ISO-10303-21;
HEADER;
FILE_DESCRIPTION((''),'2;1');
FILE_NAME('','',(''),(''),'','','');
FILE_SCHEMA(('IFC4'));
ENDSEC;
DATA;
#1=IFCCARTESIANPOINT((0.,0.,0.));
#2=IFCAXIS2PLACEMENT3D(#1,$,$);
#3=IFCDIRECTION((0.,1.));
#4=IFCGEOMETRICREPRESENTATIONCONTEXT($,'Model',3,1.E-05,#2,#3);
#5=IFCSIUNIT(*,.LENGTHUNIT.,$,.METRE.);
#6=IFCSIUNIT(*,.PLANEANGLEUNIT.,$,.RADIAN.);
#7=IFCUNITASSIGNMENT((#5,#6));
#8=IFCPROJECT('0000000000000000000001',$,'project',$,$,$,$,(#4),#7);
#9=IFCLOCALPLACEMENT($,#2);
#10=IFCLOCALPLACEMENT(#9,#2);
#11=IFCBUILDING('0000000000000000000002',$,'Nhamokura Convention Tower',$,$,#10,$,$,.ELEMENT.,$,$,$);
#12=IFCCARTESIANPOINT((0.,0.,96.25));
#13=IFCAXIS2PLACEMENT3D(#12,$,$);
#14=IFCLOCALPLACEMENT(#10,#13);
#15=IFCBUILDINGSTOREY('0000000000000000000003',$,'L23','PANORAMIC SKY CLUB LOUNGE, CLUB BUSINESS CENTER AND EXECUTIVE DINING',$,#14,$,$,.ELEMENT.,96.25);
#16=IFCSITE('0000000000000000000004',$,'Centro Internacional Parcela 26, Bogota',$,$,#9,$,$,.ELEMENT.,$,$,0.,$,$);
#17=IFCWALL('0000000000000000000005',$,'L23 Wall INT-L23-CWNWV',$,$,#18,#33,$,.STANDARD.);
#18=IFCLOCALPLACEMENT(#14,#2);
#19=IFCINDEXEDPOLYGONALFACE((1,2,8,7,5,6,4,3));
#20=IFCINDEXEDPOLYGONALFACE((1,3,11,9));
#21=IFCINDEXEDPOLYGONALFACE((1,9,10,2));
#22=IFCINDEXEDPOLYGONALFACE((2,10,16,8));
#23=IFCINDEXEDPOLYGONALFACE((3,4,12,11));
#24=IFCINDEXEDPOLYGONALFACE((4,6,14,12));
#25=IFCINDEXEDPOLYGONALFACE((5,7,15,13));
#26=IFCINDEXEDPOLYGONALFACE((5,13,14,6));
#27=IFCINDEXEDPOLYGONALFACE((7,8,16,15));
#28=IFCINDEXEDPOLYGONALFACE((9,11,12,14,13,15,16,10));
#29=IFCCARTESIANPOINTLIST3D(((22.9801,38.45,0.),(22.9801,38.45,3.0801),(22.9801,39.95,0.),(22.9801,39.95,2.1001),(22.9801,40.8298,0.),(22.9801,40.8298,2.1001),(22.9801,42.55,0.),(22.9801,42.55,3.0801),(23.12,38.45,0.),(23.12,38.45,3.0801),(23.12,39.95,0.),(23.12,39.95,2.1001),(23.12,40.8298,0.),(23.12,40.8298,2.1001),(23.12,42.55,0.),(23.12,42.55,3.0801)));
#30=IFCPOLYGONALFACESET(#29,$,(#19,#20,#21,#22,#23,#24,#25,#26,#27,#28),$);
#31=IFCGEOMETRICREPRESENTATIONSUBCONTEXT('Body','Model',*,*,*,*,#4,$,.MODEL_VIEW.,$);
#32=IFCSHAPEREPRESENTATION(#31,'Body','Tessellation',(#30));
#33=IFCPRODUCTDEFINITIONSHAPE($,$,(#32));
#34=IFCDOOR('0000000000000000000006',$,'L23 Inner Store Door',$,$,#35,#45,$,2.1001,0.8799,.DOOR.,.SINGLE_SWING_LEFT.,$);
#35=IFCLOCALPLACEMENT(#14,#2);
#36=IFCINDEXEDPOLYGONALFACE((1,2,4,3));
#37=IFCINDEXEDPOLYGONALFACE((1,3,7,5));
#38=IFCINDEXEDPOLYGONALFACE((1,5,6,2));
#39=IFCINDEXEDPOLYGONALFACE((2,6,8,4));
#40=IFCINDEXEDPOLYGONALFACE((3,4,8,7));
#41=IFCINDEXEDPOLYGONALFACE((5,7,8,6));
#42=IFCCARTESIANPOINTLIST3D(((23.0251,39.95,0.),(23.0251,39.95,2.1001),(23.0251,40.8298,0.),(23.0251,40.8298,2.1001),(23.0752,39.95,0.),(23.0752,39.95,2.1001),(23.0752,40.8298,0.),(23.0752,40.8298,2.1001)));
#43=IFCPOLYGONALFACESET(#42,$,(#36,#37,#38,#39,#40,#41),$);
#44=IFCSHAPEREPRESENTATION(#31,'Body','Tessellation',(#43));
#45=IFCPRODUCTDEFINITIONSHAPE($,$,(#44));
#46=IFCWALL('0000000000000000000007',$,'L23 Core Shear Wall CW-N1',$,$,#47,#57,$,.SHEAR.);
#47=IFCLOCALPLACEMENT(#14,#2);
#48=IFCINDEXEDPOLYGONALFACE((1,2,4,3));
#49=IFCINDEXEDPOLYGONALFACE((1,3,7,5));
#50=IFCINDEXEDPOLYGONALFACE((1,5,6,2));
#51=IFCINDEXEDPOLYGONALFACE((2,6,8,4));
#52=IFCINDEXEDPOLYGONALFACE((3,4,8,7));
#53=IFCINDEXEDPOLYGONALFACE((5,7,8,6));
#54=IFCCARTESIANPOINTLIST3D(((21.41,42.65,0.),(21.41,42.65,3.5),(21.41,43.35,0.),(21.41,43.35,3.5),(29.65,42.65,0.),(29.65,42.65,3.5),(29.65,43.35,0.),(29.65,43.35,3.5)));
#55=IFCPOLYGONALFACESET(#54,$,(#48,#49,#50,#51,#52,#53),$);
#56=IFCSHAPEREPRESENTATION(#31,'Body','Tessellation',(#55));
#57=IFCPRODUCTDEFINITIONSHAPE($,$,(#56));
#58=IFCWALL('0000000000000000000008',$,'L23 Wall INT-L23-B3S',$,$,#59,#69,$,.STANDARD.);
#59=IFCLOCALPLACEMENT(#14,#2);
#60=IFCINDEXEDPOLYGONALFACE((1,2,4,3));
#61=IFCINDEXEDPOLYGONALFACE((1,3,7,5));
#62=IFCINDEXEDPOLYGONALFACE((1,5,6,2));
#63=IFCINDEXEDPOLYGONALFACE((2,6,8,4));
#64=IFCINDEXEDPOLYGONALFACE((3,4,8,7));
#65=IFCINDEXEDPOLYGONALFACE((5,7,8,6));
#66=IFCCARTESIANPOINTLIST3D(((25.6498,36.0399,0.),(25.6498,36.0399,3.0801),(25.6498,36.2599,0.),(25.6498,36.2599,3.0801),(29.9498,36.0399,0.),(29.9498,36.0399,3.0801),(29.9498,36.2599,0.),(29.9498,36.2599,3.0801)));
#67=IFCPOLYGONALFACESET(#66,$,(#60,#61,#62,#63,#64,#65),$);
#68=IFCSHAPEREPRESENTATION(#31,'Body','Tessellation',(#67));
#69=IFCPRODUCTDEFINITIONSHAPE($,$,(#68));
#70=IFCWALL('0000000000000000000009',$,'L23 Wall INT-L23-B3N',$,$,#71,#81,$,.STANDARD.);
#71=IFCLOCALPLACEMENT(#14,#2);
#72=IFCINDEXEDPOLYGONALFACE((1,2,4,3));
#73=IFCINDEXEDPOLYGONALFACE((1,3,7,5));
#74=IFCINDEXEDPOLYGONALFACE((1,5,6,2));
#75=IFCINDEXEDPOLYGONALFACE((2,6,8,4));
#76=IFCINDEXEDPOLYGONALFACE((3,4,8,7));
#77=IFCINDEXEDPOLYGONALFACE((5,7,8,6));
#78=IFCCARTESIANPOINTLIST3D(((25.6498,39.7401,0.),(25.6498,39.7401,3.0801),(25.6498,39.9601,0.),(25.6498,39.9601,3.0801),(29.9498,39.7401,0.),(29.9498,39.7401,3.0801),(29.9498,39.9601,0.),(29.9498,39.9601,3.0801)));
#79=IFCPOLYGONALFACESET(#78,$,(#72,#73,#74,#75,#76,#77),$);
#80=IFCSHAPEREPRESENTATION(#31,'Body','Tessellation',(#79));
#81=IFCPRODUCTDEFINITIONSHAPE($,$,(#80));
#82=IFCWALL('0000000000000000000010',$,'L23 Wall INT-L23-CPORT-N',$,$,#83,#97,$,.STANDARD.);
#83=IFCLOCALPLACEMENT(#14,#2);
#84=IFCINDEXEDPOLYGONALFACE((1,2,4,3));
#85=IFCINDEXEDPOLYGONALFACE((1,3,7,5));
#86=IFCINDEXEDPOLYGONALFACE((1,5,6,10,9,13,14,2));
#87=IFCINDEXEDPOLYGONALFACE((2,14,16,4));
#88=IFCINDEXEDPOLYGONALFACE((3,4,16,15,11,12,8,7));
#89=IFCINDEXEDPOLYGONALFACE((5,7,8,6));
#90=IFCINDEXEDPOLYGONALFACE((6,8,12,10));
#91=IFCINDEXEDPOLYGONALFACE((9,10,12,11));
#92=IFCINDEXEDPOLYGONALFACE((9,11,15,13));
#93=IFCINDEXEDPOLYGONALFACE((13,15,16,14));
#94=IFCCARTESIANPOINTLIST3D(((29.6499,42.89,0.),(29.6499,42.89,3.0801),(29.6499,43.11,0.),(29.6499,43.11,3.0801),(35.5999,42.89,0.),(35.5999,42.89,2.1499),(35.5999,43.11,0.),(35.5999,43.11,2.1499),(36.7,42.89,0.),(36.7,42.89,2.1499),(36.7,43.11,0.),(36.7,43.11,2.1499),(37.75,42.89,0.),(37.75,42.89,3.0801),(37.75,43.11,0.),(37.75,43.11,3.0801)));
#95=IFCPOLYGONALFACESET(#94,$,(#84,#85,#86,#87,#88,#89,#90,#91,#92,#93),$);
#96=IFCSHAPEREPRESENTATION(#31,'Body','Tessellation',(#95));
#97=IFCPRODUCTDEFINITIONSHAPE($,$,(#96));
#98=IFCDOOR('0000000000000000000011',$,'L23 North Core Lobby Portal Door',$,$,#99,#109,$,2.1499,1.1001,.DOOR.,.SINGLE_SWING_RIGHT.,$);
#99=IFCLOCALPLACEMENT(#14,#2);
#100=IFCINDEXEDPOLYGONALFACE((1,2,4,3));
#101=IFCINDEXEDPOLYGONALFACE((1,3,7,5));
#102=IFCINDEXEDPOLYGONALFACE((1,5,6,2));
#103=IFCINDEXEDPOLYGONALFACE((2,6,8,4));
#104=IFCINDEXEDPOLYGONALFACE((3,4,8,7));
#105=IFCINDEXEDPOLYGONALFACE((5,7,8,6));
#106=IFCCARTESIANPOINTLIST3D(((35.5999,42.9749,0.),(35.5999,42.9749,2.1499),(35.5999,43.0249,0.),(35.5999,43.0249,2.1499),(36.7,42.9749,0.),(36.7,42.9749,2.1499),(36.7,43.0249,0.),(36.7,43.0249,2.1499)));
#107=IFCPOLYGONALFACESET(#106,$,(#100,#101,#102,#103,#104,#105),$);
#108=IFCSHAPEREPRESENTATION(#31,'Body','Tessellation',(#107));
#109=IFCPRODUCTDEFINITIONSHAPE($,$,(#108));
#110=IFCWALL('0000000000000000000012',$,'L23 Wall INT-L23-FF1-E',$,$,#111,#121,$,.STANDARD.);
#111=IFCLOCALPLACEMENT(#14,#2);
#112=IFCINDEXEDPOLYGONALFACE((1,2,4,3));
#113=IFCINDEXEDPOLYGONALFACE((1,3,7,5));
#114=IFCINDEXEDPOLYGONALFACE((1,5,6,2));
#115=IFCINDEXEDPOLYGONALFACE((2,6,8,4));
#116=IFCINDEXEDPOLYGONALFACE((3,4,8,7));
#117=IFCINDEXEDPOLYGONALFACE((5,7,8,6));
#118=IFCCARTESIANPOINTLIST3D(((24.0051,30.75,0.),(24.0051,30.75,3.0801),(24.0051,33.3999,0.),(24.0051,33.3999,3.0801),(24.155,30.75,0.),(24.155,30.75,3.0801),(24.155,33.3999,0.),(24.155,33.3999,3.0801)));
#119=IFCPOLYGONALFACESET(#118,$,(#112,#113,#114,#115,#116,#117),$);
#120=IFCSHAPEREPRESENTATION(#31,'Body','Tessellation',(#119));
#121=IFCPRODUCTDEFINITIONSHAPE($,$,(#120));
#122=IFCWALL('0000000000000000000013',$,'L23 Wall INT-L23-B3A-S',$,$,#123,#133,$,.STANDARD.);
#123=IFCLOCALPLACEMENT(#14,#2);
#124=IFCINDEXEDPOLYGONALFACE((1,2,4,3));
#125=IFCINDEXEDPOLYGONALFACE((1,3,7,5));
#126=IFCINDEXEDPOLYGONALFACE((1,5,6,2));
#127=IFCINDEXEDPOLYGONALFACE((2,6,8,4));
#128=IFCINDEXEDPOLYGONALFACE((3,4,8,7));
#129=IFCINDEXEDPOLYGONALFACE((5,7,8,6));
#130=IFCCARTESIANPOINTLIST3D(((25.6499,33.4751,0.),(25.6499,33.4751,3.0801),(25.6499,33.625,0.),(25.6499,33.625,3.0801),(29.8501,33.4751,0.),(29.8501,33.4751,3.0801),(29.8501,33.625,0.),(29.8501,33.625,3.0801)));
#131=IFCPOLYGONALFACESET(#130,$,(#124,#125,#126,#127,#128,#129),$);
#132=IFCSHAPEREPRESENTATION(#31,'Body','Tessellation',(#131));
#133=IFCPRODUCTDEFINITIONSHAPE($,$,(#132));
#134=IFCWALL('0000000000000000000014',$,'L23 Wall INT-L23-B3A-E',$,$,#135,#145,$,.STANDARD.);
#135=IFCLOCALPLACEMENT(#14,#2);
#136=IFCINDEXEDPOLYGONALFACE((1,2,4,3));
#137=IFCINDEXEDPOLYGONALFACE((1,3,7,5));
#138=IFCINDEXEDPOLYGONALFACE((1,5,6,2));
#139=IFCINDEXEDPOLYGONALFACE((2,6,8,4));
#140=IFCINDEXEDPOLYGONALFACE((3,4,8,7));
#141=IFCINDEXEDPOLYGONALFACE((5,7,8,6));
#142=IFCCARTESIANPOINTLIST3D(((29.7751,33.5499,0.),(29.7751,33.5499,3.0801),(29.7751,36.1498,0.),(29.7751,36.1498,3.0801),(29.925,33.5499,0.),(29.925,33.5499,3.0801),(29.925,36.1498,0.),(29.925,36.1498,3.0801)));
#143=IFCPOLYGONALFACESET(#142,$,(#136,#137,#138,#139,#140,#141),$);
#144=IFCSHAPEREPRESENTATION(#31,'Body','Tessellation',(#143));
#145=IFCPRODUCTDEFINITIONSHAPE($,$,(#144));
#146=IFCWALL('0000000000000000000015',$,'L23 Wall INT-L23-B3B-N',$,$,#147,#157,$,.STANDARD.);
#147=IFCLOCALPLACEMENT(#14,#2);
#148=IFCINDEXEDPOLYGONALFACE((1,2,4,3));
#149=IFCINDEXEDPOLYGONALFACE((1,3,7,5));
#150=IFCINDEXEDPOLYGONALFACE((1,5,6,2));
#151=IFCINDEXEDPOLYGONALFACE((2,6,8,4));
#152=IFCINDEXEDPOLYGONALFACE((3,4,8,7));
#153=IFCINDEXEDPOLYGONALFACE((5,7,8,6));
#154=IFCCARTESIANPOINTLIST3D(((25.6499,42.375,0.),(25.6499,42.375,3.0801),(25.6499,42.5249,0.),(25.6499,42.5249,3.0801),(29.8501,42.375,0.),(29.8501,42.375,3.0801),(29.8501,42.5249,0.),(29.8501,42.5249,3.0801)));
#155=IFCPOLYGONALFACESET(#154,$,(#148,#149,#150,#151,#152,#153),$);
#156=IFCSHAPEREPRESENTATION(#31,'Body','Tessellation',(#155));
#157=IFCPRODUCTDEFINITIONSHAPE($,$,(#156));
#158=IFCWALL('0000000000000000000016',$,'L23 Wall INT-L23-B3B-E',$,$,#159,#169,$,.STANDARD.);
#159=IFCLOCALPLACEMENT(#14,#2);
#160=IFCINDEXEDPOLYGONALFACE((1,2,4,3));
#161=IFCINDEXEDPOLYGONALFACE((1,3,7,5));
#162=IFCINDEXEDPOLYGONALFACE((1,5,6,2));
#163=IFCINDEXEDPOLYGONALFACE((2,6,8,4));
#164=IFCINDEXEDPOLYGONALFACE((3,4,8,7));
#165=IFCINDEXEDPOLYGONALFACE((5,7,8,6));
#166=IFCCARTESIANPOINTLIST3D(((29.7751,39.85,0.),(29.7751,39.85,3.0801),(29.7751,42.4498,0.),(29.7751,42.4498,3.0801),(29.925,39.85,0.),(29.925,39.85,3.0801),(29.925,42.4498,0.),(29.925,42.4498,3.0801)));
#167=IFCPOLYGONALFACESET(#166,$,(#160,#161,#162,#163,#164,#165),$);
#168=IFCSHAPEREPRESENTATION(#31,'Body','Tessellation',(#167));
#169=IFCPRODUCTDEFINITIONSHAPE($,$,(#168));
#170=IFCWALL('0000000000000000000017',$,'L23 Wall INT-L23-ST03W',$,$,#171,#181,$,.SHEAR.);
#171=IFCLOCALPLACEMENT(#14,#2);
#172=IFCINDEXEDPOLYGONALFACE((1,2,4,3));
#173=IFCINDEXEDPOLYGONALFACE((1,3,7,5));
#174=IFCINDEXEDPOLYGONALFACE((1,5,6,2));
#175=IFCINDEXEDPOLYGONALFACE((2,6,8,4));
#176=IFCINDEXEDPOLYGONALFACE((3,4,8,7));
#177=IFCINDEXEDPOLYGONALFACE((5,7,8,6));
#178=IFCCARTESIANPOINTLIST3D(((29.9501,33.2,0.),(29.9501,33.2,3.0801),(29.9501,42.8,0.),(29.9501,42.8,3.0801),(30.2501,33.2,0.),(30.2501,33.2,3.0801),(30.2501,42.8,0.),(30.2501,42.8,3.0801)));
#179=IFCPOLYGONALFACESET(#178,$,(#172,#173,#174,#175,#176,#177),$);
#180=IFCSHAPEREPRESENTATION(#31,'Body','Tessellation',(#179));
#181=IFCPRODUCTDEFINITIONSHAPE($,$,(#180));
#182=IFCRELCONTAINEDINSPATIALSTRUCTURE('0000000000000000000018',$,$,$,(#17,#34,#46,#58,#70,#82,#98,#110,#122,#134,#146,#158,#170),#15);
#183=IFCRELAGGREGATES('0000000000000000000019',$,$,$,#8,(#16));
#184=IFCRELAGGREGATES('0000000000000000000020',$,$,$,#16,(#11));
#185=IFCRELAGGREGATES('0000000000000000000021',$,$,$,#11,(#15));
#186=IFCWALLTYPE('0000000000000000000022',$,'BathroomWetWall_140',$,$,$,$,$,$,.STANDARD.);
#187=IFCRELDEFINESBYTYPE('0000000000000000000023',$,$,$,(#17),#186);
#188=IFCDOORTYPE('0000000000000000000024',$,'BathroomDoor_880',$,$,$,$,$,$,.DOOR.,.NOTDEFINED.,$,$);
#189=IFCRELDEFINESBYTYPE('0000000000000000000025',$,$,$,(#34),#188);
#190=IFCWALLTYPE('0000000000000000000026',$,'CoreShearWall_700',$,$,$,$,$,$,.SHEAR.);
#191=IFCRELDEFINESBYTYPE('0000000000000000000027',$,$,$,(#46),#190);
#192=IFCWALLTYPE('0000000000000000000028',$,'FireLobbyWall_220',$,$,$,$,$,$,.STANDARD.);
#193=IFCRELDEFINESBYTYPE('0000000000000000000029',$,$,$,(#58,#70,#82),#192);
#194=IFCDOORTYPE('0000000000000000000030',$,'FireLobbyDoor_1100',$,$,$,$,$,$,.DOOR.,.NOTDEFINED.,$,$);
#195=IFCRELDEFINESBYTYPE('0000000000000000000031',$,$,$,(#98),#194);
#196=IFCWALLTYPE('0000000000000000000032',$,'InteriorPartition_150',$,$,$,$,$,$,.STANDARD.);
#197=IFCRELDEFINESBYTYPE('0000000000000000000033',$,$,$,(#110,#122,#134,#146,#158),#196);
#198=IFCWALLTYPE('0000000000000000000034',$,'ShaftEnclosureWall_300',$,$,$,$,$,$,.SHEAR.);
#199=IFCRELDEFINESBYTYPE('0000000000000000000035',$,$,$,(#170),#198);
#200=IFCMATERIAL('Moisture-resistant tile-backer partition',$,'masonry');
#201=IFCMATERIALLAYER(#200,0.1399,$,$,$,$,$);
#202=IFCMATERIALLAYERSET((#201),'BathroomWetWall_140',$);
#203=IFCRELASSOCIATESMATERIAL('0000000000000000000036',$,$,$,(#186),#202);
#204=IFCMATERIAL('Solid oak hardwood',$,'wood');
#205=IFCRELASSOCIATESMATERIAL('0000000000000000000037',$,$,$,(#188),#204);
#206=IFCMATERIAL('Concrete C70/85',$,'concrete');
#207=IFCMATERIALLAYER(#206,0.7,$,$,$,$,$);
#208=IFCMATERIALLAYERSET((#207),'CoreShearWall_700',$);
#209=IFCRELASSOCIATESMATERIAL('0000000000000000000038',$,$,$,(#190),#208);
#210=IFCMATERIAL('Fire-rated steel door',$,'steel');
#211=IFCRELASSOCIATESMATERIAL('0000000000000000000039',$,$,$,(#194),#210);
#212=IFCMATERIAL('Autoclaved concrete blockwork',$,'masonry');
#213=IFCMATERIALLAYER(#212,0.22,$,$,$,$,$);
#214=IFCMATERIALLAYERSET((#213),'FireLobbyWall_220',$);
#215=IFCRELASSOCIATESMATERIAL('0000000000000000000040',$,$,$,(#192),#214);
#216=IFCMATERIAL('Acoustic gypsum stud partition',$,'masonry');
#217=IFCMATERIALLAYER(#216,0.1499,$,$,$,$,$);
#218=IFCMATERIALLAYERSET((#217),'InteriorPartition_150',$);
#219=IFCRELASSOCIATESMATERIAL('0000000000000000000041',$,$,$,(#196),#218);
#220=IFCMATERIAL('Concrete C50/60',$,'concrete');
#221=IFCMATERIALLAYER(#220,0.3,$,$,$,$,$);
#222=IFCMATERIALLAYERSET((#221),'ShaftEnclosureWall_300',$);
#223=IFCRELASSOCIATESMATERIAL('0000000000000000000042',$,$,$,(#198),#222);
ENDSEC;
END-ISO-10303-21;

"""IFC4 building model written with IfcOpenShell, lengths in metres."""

from ifc_helpers import new_model, si_unit, direction, frame, frame_2d, origin, place, context, subcontext, project, spatial, rectangle, extrude, material, layer, layer_set, type_object, element, fill, save


model = new_model("IFC4")

# Units and contexts
model_context = context("Model", 3, precision=1e-05, world=origin(), true_north=direction((0.0, 1.0)))
body_context = subcontext(model_context, "Body", "Model", "MODEL_VIEW")
ifc_project = project(units=[si_unit("LENGTHUNIT", "METRE"), si_unit("PLANEANGLEUNIT", "RADIAN")], contexts=[model_context])

# Site, building, storey
site_placement = place(None, origin())
site = spatial("IfcSite", under=ifc_project, at=site_placement, Name="Centro Internacional Parcela 26, Bogota", CompositionType="ELEMENT", RefElevation=0.0)
building_placement = place(site_placement, origin())
building = spatial("IfcBuilding", under=site, at=building_placement, Name="Nhamokura Convention Tower", CompositionType="ELEMENT")
storey_placement = place(building_placement, frame((0.0, 0.0, 96.25)))
storey = spatial("IfcBuildingStorey", under=building, at=storey_placement, Name="L23", Description="PANORAMIC SKY CLUB LOUNGE, CLUB BUSINESS CENTER AND EXECUTIVE DINING", CompositionType="ELEMENT", Elevation=96.25)

# Wall, opening, door
ifc_material_1 = material(Name="Moisture-resistant tile-backer partition", Category="masonry")
ifc_layer_1 = layer(ifc_material_1, 0.1399)
ifc_layer_set_1 = layer_set([ifc_layer_1], Name="BathroomWetWall_140")
wall_type_1 = type_object("IfcWallType", Name="BathroomWetWall_140", PredefinedType="STANDARD", material=ifc_layer_set_1)
wall_1_placement = place(storey_placement, frame((23.05, 38.45, 0.0), z_axis=(0.0, 0.0, 1.0), x_axis=(0.0, 1.0, 0.0)))
wall_1 = element("IfcWall", 1, at=wall_1_placement, inside=storey, type_object=wall_type_1, Name="L23 Wall INT-L23-CWNWV", PredefinedType="STANDARD", context=body_context, shape_type="SweptSolid", body=[
    extrude(rectangle(XDim=4.1001, YDim=0.1399, at=frame_2d((2.05, 0.0))), origin(), (0.0, 0.0, 1.0), 3.0801),
])
opening_1_placement = place(wall_1_placement, frame((1.5, 0.0, 0.0)))
opening_1 = element("IfcOpeningElement", 2, at=opening_1_placement, cuts=wall_1, PredefinedType="OPENING", context=body_context, shape_type="SweptSolid", body=[
    extrude(rectangle(XDim=0.8799, YDim=2.1001, at=frame_2d((0.4399, 1.05))), frame((0.0, 0.0798, 0.0), z_axis=(0.0, -1.0, 0.0), x_axis=(1.0, 0.0, 0.0)), (0.0, 0.0, 1.0), 0.1599),
])
ifc_material_2 = material(Name="Solid oak hardwood", Category="wood")
door_type_1 = type_object("IfcDoorType", Name="BathroomDoor_880", OperationType="NOTDEFINED", PredefinedType="DOOR", material=ifc_material_2)
door_1_placement = place(opening_1_placement, origin())
door_1 = element("IfcDoor", 3, at=door_1_placement, inside=storey, type_object=door_type_1, Name="L23 Inner Store Door", OperationType="SINGLE_SWING_LEFT", OverallHeight=2.1001, OverallWidth=0.8799, PredefinedType="DOOR", context=body_context, shape_type="SweptSolid", body=[
    extrude(rectangle(XDim=0.8799, YDim=2.1001, at=frame_2d((0.4399, 1.05))), frame((0.0, 0.0249, 0.0), z_axis=(0.0, -1.0, 0.0), x_axis=(1.0, 0.0, 0.0)), (0.0, 0.0, 1.0), 0.05),
])
fill(opening_1, door_1)

# Wall
ifc_material_3 = material(Name="Concrete C70/85", Category="concrete")
ifc_layer_2 = layer(ifc_material_3, 0.7)
ifc_layer_set_2 = layer_set([ifc_layer_2], Name="CoreShearWall_700")
wall_type_2 = type_object("IfcWallType", Name="CoreShearWall_700", PredefinedType="SHEAR", material=ifc_layer_set_2)
wall_2_placement = place(storey_placement, frame((21.4099, 43.0, 0.0), z_axis=(0.0, 0.0, 1.0), x_axis=(1.0, 0.0, 0.0)))
element("IfcWall", 4, at=wall_2_placement, inside=storey, type_object=wall_type_2, Name="L23 Core Shear Wall CW-N1", PredefinedType="SHEAR", context=body_context, shape_type="SweptSolid", body=[
    extrude(rectangle(XDim=8.24, YDim=0.7, at=frame_2d((4.1201, 0.0))), origin(), (0.0, 0.0, 1.0), 3.5),
])

# Shared definitions
ifc_material_4 = material(Name="Fire-rated steel door", Category="steel")
door_type_2 = type_object("IfcDoorType", Name="FireLobbyDoor_1100", OperationType="NOTDEFINED", PredefinedType="DOOR", material=ifc_material_4)

# Walls
ifc_material_5 = material(Name="Autoclaved concrete blockwork", Category="masonry")
ifc_layer_3 = layer(ifc_material_5, 0.22)
ifc_layer_set_3 = layer_set([ifc_layer_3], Name="FireLobbyWall_220")
wall_type_3 = type_object("IfcWallType", Name="FireLobbyWall_220", PredefinedType="STANDARD", material=ifc_layer_set_3)
for number, where, z_axis, x_axis, name in (
    (5, (25.6499, 36.1499, 0.0), (0.0, 0.0, 1.0), (1.0, 0.0, 0.0), "L23 Wall INT-L23-B3S"),
    (6, (25.6499, 39.8501, 0.0), (0.0, 0.0, 1.0), (1.0, 0.0, 0.0), "L23 Wall INT-L23-B3N"),
):
    element("IfcWall", number, at=place(storey_placement, frame(where, z_axis=z_axis, x_axis=x_axis)), inside=storey, type_object=wall_type_3, Name=name, PredefinedType="STANDARD", context=body_context, shape_type="SweptSolid", body=[
        extrude(rectangle(XDim=4.3, YDim=0.22, at=frame_2d((2.1499, 0.0))), origin(), (0.0, 0.0, 1.0), 3.0801),
    ])

# Wall, opening, door
wall_3_placement = place(storey_placement, frame((29.6499, 43.0, 0.0), z_axis=(0.0, 0.0, 1.0), x_axis=(1.0, 0.0, 0.0)))
wall_3 = element("IfcWall", 7, at=wall_3_placement, inside=storey, type_object=wall_type_3, Name="L23 Wall INT-L23-CPORT-N", PredefinedType="STANDARD", context=body_context, shape_type="SweptSolid", body=[
    extrude(rectangle(XDim=8.1001, YDim=0.22, at=frame_2d((4.05, 0.0))), origin(), (0.0, 0.0, 1.0), 3.0801),
])
opening_2_placement = place(wall_3_placement, frame((5.95, 0.0, 0.0)))
opening_2 = element("IfcOpeningElement", 8, at=opening_2_placement, cuts=wall_3, PredefinedType="OPENING", context=body_context, shape_type="SweptSolid", body=[
    extrude(rectangle(XDim=1.1001, YDim=2.1499, at=frame_2d((0.55, 1.075))), frame((0.0, 0.1199, 0.0), z_axis=(0.0, -1.0, 0.0), x_axis=(1.0, 0.0, 0.0)), (0.0, 0.0, 1.0), 0.24),
])
door_2_placement = place(opening_2_placement, origin())
door_2 = element("IfcDoor", 9, at=door_2_placement, inside=storey, type_object=door_type_2, Name="L23 North Core Lobby Portal Door", OperationType="SINGLE_SWING_RIGHT", OverallHeight=2.1499, OverallWidth=1.1001, PredefinedType="DOOR", context=body_context, shape_type="SweptSolid", body=[
    extrude(rectangle(XDim=1.1001, YDim=2.1499, at=frame_2d((0.55, 1.075))), frame((0.0, 0.0249, 0.0), z_axis=(0.0, -1.0, 0.0), x_axis=(1.0, 0.0, 0.0)), (0.0, 0.0, 1.0), 0.05),
])
fill(opening_2, door_2)

# Walls
ifc_material_6 = material(Name="Acoustic gypsum stud partition", Category="masonry")
ifc_layer_4 = layer(ifc_material_6, 0.1499)
ifc_layer_set_4 = layer_set([ifc_layer_4], Name="InteriorPartition_150")
wall_type_4 = type_object("IfcWallType", Name="InteriorPartition_150", PredefinedType="STANDARD", material=ifc_layer_set_4)
wall_4_placement = place(storey_placement, frame((24.0801, 30.75, 0.0), z_axis=(0.0, 0.0, 1.0), x_axis=(0.0, 1.0, 0.0)))
element("IfcWall", 10, at=wall_4_placement, inside=storey, type_object=wall_type_4, Name="L23 Wall INT-L23-FF1-E", PredefinedType="STANDARD", context=body_context, shape_type="SweptSolid", body=[
    extrude(rectangle(XDim=2.6499, YDim=0.1499, at=frame_2d((1.325, 0.0))), origin(), (0.0, 0.0, 1.0), 3.0801),
])
wall_5_placement = place(storey_placement, frame((25.6499, 33.55, 0.0), z_axis=(0.0, 0.0, 1.0), x_axis=(1.0, 0.0, 0.0)))
element("IfcWall", 11, at=wall_5_placement, inside=storey, type_object=wall_type_4, Name="L23 Wall INT-L23-B3A-S", PredefinedType="STANDARD", context=body_context, shape_type="SweptSolid", body=[
    extrude(rectangle(XDim=4.2002, YDim=0.1499, at=frame_2d((2.1001, 0.0))), origin(), (0.0, 0.0, 1.0), 3.0801),
])
wall_6_placement = place(storey_placement, frame((29.8501, 33.55, 0.0), z_axis=(0.0, 0.0, 1.0), x_axis=(0.0, 1.0, 0.0)))
element("IfcWall", 12, at=wall_6_placement, inside=storey, type_object=wall_type_4, Name="L23 Wall INT-L23-B3A-E", PredefinedType="STANDARD", context=body_context, shape_type="SweptSolid", body=[
    extrude(rectangle(XDim=2.5999, YDim=0.1499, at=frame_2d((1.2998, 0.0))), origin(), (0.0, 0.0, 1.0), 3.0801),
])
wall_7_placement = place(storey_placement, frame((25.6499, 42.45, 0.0), z_axis=(0.0, 0.0, 1.0), x_axis=(1.0, 0.0, 0.0)))
element("IfcWall", 13, at=wall_7_placement, inside=storey, type_object=wall_type_4, Name="L23 Wall INT-L23-B3B-N", PredefinedType="STANDARD", context=body_context, shape_type="SweptSolid", body=[
    extrude(rectangle(XDim=4.2002, YDim=0.1499, at=frame_2d((2.1001, 0.0))), origin(), (0.0, 0.0, 1.0), 3.0801),
])
wall_8_placement = place(storey_placement, frame((29.8501, 39.8501, 0.0), z_axis=(0.0, 0.0, 1.0), x_axis=(0.0, 1.0, 0.0)))
element("IfcWall", 14, at=wall_8_placement, inside=storey, type_object=wall_type_4, Name="L23 Wall INT-L23-B3B-E", PredefinedType="STANDARD", context=body_context, shape_type="SweptSolid", body=[
    extrude(rectangle(XDim=2.5999, YDim=0.1499, at=frame_2d((1.2998, 0.0))), origin(), (0.0, 0.0, 1.0), 3.0801),
])
ifc_material_7 = material(Name="Concrete C50/60", Category="concrete")
ifc_layer_5 = layer(ifc_material_7, 0.3)
ifc_layer_set_5 = layer_set([ifc_layer_5], Name="ShaftEnclosureWall_300")
wall_type_5 = type_object("IfcWallType", Name="ShaftEnclosureWall_300", PredefinedType="SHEAR", material=ifc_layer_set_5)
wall_9_placement = place(storey_placement, frame((30.1001, 33.2, 0.0), z_axis=(0.0, 0.0, 1.0), x_axis=(0.0, 1.0, 0.0)))
element("IfcWall", 15, at=wall_9_placement, inside=storey, type_object=wall_type_5, Name="L23 Wall INT-L23-ST03W", PredefinedType="SHEAR", context=body_context, shape_type="SweptSolid", body=[
    extrude(rectangle(XDim=9.6001, YDim=0.3, at=frame_2d((4.8, 0.0))), origin(), (0.0, 0.0, 1.0), 3.0801),
])

save(model, "model.ifc")
